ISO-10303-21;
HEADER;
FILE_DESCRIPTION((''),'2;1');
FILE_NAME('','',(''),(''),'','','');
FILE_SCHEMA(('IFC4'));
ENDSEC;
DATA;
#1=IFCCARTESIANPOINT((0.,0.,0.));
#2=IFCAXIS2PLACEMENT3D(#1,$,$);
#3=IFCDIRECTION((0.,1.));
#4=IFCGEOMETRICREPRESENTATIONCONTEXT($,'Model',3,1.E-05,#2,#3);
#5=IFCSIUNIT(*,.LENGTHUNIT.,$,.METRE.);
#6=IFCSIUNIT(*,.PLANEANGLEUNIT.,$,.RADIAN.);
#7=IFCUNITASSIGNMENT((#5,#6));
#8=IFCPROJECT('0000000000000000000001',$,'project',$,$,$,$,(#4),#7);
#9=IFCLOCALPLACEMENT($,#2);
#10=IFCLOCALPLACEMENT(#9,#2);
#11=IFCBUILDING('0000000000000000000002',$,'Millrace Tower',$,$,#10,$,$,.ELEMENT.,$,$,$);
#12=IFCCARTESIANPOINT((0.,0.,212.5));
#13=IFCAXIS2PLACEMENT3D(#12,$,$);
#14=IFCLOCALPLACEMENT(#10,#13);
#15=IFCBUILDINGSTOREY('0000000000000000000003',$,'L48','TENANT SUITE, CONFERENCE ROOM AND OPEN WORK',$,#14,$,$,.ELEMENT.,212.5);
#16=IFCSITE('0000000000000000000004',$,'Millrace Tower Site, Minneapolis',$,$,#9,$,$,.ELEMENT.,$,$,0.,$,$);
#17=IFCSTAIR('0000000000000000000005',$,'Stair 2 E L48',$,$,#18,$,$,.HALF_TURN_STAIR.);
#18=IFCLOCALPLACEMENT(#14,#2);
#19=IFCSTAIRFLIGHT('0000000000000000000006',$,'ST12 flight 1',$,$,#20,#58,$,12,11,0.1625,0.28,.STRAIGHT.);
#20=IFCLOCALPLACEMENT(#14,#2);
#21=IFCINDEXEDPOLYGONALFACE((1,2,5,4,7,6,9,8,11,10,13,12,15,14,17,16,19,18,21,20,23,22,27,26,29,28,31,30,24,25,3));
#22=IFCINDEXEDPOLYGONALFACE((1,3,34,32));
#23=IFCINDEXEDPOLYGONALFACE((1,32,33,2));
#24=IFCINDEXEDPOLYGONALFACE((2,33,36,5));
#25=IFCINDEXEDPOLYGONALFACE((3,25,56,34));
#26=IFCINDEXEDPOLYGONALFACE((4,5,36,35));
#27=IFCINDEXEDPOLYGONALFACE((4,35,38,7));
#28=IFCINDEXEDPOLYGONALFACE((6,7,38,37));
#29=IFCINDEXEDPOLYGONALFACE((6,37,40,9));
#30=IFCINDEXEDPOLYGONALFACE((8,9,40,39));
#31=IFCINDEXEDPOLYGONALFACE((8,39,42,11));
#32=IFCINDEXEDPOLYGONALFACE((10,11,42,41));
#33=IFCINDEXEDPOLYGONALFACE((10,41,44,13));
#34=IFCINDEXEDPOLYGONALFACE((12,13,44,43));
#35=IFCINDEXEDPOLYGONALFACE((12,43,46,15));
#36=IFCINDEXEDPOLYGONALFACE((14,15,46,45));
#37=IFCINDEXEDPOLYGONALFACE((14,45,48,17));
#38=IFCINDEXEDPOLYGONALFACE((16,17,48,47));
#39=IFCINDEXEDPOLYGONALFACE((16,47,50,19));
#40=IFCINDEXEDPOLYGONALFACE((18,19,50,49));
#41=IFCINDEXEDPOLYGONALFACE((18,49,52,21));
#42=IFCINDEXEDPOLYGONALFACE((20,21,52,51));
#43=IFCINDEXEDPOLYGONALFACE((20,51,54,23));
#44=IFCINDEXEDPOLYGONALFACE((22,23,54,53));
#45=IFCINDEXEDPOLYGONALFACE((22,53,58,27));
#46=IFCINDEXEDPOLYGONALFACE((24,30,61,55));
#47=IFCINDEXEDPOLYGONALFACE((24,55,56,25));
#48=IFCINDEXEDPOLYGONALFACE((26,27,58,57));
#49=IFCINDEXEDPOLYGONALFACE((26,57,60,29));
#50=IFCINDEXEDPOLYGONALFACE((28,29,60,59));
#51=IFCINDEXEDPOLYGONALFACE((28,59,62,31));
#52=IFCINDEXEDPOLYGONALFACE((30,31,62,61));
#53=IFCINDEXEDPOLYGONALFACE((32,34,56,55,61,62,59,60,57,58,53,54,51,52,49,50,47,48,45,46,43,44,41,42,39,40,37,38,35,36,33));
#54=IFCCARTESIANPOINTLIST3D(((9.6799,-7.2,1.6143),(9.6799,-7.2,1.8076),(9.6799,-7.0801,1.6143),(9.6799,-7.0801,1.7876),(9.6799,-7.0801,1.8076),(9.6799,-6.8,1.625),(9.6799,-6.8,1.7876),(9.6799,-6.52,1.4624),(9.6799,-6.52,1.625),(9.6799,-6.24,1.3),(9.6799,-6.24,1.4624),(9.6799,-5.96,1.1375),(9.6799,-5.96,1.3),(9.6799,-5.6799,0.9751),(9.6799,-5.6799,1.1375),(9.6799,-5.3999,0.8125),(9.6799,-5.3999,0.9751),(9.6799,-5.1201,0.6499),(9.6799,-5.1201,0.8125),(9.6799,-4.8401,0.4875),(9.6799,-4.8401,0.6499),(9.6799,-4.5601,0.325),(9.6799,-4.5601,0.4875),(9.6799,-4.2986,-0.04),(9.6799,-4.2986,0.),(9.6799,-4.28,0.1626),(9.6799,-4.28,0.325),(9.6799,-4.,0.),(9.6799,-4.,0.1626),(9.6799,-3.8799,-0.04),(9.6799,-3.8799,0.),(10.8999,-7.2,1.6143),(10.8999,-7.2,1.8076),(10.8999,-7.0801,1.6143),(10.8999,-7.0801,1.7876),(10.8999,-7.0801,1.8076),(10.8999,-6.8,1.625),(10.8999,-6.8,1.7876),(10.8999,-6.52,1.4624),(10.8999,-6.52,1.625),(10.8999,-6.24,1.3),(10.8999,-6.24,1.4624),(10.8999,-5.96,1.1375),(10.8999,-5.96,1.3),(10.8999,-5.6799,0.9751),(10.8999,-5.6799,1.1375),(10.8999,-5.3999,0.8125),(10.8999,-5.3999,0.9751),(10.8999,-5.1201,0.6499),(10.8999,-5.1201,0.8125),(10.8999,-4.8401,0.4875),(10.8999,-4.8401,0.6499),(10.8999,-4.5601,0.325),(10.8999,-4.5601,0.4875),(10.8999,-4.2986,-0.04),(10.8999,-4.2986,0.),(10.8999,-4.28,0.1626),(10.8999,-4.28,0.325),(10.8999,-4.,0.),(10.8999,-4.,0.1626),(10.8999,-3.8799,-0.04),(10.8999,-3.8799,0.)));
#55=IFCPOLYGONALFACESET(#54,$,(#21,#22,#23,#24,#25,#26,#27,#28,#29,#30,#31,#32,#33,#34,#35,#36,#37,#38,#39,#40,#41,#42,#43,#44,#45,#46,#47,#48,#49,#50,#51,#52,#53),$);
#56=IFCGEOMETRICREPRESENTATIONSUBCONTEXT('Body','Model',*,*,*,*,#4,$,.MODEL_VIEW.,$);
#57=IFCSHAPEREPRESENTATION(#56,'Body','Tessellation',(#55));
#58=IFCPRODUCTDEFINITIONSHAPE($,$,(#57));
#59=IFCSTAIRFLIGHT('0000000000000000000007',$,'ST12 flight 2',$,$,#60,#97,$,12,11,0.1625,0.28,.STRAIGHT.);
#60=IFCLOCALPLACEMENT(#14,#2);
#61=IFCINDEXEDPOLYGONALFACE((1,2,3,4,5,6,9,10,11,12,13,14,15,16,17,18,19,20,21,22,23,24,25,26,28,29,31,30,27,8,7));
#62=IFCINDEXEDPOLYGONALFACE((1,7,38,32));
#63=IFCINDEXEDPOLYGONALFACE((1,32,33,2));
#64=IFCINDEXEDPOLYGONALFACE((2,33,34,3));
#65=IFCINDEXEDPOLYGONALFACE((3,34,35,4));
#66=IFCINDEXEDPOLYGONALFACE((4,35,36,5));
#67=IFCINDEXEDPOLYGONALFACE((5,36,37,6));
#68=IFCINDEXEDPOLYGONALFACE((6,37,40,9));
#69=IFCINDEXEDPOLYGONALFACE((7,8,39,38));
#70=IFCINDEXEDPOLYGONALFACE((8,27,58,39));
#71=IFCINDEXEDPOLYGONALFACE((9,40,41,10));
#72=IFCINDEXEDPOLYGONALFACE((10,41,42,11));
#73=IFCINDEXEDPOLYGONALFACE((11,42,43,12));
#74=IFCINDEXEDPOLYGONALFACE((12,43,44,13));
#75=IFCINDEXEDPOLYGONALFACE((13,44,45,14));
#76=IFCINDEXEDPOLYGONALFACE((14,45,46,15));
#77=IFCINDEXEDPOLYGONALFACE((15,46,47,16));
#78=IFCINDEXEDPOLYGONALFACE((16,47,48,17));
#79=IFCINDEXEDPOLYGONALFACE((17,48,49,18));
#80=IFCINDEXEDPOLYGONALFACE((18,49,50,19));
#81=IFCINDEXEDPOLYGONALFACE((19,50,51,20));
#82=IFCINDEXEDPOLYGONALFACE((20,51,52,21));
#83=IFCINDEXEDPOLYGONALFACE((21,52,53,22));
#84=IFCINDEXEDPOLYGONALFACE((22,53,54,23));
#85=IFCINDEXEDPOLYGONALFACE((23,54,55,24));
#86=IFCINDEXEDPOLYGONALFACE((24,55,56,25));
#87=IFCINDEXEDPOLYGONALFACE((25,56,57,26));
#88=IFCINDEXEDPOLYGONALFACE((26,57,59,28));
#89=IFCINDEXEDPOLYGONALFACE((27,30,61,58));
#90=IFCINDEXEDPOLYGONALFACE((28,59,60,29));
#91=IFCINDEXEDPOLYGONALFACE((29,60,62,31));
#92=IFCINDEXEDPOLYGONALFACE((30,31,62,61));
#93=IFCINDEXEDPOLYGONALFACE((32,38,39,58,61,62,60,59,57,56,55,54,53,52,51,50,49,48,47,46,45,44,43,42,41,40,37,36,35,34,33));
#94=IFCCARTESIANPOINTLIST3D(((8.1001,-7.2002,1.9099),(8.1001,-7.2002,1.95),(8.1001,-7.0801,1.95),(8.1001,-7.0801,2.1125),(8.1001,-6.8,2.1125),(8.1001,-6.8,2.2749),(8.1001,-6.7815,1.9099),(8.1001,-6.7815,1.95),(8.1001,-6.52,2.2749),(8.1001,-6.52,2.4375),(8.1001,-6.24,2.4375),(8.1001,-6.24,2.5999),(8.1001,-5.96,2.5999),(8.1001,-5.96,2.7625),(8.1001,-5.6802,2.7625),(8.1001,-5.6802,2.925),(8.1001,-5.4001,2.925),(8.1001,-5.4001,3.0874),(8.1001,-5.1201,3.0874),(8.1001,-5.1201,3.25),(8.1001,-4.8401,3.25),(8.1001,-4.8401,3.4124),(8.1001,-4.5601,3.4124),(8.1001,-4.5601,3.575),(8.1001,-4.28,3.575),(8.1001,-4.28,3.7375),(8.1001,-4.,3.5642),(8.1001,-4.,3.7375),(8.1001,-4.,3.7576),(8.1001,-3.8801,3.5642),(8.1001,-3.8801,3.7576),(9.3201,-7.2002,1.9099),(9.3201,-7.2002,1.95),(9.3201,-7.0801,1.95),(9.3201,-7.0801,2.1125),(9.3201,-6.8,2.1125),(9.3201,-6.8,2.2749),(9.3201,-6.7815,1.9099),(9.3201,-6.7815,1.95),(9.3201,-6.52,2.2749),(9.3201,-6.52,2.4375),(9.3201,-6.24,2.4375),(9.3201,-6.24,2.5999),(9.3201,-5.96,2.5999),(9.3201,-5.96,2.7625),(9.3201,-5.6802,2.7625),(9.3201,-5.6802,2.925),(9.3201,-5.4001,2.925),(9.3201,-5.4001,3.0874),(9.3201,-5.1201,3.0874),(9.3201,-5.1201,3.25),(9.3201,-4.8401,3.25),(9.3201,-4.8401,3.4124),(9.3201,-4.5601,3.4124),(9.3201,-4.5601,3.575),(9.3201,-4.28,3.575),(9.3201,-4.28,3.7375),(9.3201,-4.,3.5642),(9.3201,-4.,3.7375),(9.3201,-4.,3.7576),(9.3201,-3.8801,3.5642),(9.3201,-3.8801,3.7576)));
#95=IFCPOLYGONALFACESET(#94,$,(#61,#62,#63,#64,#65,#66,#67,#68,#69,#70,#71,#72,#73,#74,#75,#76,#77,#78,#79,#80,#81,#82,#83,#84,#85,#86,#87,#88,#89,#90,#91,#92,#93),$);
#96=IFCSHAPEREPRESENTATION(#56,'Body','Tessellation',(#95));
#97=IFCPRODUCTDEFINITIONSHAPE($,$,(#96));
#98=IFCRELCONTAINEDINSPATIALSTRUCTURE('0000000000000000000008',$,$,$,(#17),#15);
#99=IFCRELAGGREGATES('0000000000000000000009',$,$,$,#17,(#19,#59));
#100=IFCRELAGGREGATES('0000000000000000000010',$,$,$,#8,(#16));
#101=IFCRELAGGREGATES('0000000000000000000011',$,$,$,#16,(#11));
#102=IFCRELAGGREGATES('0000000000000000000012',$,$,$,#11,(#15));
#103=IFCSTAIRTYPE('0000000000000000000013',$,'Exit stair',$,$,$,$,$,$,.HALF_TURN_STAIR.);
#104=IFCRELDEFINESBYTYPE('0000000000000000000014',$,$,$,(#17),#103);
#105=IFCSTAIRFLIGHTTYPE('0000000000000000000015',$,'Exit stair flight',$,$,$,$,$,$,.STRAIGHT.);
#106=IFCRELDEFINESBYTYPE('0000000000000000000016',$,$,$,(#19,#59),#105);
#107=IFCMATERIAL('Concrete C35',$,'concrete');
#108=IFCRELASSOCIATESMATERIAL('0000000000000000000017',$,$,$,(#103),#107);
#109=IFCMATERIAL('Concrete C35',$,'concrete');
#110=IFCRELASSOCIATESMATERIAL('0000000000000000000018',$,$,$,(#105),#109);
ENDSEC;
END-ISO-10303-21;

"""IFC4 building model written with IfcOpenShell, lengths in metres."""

from ifc_helpers import new_model, si_unit, direction, frame, origin, place, context, subcontext, project, spatial, polyline, outline, extrude, material, type_object, element, aggregate, save


model = new_model("IFC4")

# Units and contexts
model_context = context("Model", 3, precision=1e-05, world=origin(), true_north=direction((0.0, 1.0)))
body_context = subcontext(model_context, "Body", "Model", "MODEL_VIEW")
ifc_project = project(units=[si_unit("LENGTHUNIT", "METRE"), si_unit("PLANEANGLEUNIT", "RADIAN")], contexts=[model_context])

# Site, building, storey
site_placement = place(None, origin())
site = spatial("IfcSite", under=ifc_project, at=site_placement, Name="Millrace Tower Site, Minneapolis", CompositionType="ELEMENT", RefElevation=0.0)
building_placement = place(site_placement, origin())
building = spatial("IfcBuilding", under=site, at=building_placement, Name="Millrace Tower", CompositionType="ELEMENT")
storey_placement = place(building_placement, frame((0.0, 0.0, 212.5)))
storey = spatial("IfcBuildingStorey", under=building, at=storey_placement, Name="L48", Description="TENANT SUITE, CONFERENCE ROOM AND OPEN WORK", CompositionType="ELEMENT", Elevation=212.5)

# Shared definitions
placement = place(storey_placement, origin())

# Stair, stair flights
ifc_material_1 = material(Name="Concrete C35", Category="concrete")
stair_type = type_object("IfcStairType", Name="Exit stair", PredefinedType="HALF_TURN_STAIR", material=ifc_material_1)
ifc_material_2 = material(Name="Concrete C35", Category="concrete")
stair_flight_type = type_object("IfcStairFlightType", Name="Exit stair flight", PredefinedType="STRAIGHT", material=ifc_material_2)
stair_1 = element("IfcStair", 1, at=placement, inside=storey, type_object=stair_type, Name="Stair 2 E L48", PredefinedType="HALF_TURN_STAIR")
stair_flight_1_placement = place(storey_placement, frame((10.29, -4.0, 0.0), z_axis=(0.0, 0.0, 1.0), x_axis=(0.0, -1.0, 0.0)))
stair_flight_1 = element("IfcStairFlight", 2, at=stair_flight_1_placement, type_object=stair_flight_type, Name="ST12 flight 1", NumberOfRisers=12, NumberOfTreads=11, PredefinedType="STRAIGHT", RiserHeight=0.1625, TreadLength=0.28, context=body_context, shape_type="SweptSolid", body=[
    extrude(outline(polyline([(-0.1201, -0.04), (-0.1201, 0.0), (0.0, 0.0), (0.0, 0.1626), (0.28, 0.1626), (0.28, 0.325), (0.5601, 0.325), (0.5601, 0.4875), (0.8401, 0.4875), (0.8401, 0.6499), (1.1201, 0.6499), (1.1201, 0.8125), (1.3999, 0.8125), (1.3999, 0.9751), (1.6799, 0.9751), (1.6799, 1.1375), (1.96, 1.1375), (1.96, 1.3), (2.24, 1.3), (2.24, 1.4624), (2.52, 1.4624), (2.52, 1.625), (2.8, 1.625), (2.8, 1.7876), (3.0801, 1.7876), (3.0801, 1.8076), (3.2, 1.8076), (3.2, 1.6143), (3.0801, 1.6143), (0.2986, 0.0), (0.2986, -0.04), (-0.1201, -0.04)])), frame((0.0, 0.6099, 0.0), z_axis=(0.0, -1.0, 0.0), x_axis=(1.0, 0.0, 0.0)), (0.0, 0.0, 1.0), 1.22),
])
stair_flight_2_placement = place(storey_placement, frame((8.71, -7.0801, 1.95), z_axis=(0.0, 0.0, 1.0), x_axis=(0.0, 1.0, 0.0)))
stair_flight_2 = element("IfcStairFlight", 3, at=stair_flight_2_placement, type_object=stair_flight_type, Name="ST12 flight 2", NumberOfRisers=12, NumberOfTreads=11, PredefinedType="STRAIGHT", RiserHeight=0.1625, TreadLength=0.28, context=body_context, shape_type="SweptSolid", body=[
    extrude(outline(polyline([(-0.1201, -0.04), (-0.1201, 0.0), (0.0, 0.0), (0.0, 0.1626), (0.28, 0.1626), (0.28, 0.325), (0.5601, 0.325), (0.5601, 0.4875), (0.8401, 0.4875), (0.8401, 0.6499), (1.1201, 0.6499), (1.1201, 0.8125), (1.3999, 0.8125), (1.3999, 0.9751), (1.6799, 0.9751), (1.6799, 1.1375), (1.96, 1.1375), (1.96, 1.3), (2.24, 1.3), (2.24, 1.4624), (2.52, 1.4624), (2.52, 1.625), (2.8, 1.625), (2.8, 1.7876), (3.0801, 1.7876), (3.0801, 1.8076), (3.2, 1.8076), (3.2, 1.6143), (3.0801, 1.6143), (0.2986, 0.0), (0.2986, -0.04), (-0.1201, -0.04)])), frame((0.0, 0.6099, 0.0), z_axis=(0.0, -1.0, 0.0), x_axis=(1.0, 0.0, 0.0)), (0.0, 0.0, 1.0), 1.22),
])
aggregate(stair_1, [stair_flight_1, stair_flight_2])

save(model, "model.ifc")
